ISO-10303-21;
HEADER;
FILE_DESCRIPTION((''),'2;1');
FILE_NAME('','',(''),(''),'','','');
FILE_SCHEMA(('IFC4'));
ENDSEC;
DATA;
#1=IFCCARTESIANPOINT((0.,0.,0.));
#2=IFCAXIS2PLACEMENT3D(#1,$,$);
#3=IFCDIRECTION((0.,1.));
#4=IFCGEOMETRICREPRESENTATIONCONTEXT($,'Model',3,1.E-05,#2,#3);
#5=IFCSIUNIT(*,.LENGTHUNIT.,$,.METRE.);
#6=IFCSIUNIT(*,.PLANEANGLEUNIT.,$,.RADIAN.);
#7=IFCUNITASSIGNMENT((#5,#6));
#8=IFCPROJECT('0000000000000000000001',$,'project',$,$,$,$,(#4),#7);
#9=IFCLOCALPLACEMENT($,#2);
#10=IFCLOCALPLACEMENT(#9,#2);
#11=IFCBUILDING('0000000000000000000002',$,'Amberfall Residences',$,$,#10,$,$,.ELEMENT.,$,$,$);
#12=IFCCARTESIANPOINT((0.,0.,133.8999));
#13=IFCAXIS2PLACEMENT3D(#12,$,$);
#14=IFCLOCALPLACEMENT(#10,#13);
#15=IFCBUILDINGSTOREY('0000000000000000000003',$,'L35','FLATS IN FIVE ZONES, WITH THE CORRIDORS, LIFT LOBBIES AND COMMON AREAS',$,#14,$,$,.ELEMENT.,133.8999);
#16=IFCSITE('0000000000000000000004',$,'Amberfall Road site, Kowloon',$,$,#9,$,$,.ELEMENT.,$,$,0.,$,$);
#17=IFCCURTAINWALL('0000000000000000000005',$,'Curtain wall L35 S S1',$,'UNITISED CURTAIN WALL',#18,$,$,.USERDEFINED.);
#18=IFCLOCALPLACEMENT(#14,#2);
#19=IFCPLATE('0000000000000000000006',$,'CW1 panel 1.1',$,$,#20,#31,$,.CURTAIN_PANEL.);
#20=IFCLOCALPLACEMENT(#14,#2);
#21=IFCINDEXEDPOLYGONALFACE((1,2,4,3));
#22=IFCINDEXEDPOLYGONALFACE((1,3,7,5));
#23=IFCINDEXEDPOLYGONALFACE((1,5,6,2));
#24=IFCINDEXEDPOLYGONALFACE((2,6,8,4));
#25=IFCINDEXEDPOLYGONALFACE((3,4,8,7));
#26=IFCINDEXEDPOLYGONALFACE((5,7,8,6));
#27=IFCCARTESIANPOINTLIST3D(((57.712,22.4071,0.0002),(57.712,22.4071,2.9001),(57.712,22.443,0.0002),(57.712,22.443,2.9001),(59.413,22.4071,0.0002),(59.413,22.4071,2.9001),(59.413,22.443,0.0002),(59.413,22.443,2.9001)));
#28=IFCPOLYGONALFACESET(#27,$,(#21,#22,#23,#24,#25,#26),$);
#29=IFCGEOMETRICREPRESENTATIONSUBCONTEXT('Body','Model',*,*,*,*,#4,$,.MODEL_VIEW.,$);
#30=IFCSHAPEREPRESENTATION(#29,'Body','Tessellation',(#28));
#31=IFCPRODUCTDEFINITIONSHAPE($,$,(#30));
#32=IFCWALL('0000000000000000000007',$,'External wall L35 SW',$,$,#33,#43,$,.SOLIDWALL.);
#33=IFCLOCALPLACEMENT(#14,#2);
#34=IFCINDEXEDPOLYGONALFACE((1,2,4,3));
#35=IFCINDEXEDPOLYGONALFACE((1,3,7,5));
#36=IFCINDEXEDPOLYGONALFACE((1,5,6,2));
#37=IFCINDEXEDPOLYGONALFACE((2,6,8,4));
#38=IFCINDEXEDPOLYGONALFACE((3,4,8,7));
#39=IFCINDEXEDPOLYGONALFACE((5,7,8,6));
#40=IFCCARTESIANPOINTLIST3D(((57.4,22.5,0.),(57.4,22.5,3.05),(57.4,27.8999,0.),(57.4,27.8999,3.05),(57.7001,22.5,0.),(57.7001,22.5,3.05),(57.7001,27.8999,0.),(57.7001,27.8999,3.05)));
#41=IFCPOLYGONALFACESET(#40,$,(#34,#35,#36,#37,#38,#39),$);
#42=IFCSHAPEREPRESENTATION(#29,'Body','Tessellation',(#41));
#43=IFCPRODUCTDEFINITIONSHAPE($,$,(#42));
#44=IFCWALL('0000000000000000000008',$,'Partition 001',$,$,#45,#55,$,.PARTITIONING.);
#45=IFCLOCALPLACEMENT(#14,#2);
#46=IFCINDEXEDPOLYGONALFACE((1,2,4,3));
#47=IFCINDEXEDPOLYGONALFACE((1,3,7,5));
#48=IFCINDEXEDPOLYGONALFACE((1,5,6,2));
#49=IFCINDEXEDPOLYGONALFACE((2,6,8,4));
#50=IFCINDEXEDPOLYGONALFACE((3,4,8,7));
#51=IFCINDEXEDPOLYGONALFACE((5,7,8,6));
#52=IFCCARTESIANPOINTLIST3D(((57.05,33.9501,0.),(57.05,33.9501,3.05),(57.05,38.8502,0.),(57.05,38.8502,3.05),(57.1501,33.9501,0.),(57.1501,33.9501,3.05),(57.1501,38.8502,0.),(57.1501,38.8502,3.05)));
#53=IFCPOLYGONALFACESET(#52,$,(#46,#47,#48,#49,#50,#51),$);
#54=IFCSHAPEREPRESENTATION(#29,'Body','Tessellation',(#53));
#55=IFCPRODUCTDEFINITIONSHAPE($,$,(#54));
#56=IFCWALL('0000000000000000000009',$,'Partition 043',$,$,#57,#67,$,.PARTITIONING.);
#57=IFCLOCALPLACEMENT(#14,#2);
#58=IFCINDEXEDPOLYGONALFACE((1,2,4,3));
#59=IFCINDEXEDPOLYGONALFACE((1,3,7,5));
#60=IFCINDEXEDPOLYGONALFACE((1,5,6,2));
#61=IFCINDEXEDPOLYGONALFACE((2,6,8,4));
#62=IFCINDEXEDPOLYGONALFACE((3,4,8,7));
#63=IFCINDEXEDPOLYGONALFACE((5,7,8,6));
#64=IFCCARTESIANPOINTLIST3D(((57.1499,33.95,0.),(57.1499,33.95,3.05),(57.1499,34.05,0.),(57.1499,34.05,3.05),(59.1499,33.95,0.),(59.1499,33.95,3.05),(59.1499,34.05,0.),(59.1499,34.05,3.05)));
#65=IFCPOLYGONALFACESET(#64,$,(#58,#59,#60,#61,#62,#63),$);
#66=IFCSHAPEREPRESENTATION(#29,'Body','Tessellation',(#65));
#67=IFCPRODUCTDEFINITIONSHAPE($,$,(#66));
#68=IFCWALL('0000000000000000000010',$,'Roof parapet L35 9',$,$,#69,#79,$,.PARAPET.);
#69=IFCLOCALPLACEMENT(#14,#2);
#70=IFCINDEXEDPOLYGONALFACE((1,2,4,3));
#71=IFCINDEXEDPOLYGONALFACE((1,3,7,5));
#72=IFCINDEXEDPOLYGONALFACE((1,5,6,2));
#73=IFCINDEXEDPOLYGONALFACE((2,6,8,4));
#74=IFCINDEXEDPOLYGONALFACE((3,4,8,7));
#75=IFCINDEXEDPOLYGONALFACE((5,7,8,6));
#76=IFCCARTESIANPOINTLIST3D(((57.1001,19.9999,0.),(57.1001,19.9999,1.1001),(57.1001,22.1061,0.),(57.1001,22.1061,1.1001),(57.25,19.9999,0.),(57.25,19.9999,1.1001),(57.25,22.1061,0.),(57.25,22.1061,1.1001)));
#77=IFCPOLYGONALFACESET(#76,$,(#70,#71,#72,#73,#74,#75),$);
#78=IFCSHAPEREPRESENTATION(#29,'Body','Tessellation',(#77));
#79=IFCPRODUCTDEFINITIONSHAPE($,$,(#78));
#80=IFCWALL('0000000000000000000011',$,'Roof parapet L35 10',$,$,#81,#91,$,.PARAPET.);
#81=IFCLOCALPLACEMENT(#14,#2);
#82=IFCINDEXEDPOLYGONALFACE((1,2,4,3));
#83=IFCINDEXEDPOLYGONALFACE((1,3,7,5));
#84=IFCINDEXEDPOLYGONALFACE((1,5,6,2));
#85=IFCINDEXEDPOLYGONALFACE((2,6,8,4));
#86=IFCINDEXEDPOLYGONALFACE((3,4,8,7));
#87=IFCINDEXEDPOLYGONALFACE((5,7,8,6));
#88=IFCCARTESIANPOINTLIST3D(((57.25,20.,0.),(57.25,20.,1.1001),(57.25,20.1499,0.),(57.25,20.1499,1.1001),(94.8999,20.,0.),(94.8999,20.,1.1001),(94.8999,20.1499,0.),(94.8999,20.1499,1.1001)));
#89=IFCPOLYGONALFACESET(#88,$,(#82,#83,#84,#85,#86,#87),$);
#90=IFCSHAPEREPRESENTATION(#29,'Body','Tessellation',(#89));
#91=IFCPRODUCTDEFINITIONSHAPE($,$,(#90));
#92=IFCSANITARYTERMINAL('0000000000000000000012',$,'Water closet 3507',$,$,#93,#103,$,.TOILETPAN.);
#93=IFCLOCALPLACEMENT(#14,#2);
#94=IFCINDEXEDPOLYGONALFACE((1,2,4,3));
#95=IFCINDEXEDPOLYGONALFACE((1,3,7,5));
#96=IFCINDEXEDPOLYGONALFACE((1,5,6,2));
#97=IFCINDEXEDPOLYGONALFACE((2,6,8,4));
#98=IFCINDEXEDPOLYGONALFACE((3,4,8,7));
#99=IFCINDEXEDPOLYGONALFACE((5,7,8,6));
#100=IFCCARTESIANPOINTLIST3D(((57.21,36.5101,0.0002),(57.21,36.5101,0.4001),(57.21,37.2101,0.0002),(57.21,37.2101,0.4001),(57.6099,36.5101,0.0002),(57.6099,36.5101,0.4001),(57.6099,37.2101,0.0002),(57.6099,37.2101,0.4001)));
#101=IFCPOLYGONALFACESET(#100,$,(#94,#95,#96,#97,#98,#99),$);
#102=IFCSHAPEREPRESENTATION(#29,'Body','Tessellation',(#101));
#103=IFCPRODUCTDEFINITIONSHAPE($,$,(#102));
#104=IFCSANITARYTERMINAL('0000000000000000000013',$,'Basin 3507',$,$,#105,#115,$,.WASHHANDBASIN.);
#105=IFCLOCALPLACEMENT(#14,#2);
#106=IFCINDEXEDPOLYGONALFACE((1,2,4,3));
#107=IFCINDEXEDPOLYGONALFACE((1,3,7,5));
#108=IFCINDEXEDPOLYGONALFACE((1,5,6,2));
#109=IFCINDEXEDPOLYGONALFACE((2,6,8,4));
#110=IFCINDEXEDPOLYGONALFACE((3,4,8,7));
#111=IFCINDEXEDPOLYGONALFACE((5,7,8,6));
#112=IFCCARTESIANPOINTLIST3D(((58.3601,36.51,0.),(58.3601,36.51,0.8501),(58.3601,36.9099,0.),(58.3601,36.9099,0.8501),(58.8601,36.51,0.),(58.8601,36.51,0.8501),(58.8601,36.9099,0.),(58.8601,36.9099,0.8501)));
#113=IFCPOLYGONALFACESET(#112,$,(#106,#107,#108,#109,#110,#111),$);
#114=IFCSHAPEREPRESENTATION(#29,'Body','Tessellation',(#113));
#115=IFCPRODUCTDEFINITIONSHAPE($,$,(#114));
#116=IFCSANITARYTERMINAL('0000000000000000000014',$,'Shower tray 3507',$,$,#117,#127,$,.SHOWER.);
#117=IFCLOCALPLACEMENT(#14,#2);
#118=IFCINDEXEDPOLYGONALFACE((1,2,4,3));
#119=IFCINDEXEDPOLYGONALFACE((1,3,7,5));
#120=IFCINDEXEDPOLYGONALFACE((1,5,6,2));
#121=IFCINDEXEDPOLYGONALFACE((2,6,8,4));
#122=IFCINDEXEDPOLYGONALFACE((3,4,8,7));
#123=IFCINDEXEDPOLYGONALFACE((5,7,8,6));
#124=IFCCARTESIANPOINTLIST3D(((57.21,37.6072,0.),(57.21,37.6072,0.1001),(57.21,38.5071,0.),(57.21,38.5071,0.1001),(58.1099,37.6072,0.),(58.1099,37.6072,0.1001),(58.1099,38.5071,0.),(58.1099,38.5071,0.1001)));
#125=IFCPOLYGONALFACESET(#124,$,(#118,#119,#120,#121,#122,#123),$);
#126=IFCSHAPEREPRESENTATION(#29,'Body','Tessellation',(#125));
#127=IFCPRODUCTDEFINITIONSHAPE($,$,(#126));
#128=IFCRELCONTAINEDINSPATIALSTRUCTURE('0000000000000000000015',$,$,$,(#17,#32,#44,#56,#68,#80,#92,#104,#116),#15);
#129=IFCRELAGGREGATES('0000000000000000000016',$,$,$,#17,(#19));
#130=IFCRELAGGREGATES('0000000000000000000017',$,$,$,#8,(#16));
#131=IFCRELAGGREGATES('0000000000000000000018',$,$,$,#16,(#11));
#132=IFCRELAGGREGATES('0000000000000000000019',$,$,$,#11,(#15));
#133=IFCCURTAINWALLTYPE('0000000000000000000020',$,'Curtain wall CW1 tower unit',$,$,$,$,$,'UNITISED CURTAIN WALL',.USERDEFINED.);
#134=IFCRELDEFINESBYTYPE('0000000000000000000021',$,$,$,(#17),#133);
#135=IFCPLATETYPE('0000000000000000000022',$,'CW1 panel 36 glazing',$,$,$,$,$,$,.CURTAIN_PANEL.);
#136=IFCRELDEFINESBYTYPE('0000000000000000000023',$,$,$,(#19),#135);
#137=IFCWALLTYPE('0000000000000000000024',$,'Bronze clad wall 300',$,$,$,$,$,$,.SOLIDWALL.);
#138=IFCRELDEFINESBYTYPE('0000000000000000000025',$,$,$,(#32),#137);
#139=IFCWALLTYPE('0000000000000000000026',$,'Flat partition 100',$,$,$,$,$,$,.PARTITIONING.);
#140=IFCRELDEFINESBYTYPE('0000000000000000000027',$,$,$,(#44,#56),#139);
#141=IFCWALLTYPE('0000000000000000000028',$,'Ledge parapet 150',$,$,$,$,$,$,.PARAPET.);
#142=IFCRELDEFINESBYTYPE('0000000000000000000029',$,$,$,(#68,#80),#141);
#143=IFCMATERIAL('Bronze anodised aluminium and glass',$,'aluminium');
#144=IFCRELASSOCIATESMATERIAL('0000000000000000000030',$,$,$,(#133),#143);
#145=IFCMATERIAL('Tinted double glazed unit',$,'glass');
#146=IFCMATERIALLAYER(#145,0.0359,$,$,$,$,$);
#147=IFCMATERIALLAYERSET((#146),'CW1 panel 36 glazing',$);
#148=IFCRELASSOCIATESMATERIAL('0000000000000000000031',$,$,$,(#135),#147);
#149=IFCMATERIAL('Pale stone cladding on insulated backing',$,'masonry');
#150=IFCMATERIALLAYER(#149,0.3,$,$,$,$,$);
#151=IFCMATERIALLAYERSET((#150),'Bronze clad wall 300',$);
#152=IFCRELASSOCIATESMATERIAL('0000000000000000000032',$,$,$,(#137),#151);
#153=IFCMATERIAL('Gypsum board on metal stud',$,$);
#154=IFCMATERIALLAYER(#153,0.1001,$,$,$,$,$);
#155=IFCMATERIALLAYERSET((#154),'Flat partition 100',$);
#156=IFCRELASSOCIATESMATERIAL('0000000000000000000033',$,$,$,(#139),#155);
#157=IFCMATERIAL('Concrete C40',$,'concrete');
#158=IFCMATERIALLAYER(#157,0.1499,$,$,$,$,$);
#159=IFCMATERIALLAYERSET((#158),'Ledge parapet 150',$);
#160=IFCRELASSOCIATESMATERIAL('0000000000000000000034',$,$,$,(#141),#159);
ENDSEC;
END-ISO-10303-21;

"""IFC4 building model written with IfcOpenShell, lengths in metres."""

from ifc_helpers import new_model, si_unit, direction, frame, frame_2d, origin, origin_2d, place, context, subcontext, project, spatial, rectangle, extrude, material, layer, layer_set, type_object, element, aggregate, save


model = new_model("IFC4")

# Units and contexts
model_context = context("Model", 3, precision=1e-05, world=origin(), true_north=direction((0.0, 1.0)))
body_context = subcontext(model_context, "Body", "Model", "MODEL_VIEW")
ifc_project = project(units=[si_unit("LENGTHUNIT", "METRE"), si_unit("PLANEANGLEUNIT", "RADIAN")], contexts=[model_context])

# Site, building, storey
site_placement = place(None, origin())
site = spatial("IfcSite", under=ifc_project, at=site_placement, Name="Amberfall Road site, Kowloon", CompositionType="ELEMENT", RefElevation=0.0)
building_placement = place(site_placement, origin())
building = spatial("IfcBuilding", under=site, at=building_placement, Name="Amberfall Residences", CompositionType="ELEMENT")
storey_placement = place(building_placement, frame((0.0, 0.0, 133.8999)))
storey = spatial("IfcBuildingStorey", under=building, at=storey_placement, Name="L35", Description="FLATS IN FIVE ZONES, WITH THE CORRIDORS, LIFT LOBBIES AND COMMON AREAS", CompositionType="ELEMENT", Elevation=133.8999)

# Curtain wall
ifc_material_1 = material(Name="Bronze anodised aluminium and glass", Category="aluminium")
curtain_wall_type = type_object("IfcCurtainWallType", Name="Curtain wall CW1 tower unit", ElementType="UNITISED CURTAIN WALL", PredefinedType="USERDEFINED", material=ifc_material_1)
curtain_wall_placement = place(storey_placement, origin())
curtain_wall = element("IfcCurtainWall", 1, at=curtain_wall_placement, inside=storey, type_object=curtain_wall_type, Name="Curtain wall L35 S S1", ObjectType="UNITISED CURTAIN WALL", PredefinedType="USERDEFINED")

# Plate
ifc_material_2 = material(Name="Tinted double glazed unit", Category="glass")
ifc_layer_1 = layer(ifc_material_2, 0.0359)
ifc_layer_set_1 = layer_set([ifc_layer_1], Name="CW1 panel 36 glazing")
plate_type = type_object("IfcPlateType", Name="CW1 panel 36 glazing", PredefinedType="CURTAIN_PANEL", material=ifc_layer_set_1)
plate_placement = place(storey_placement, frame((58.5625, 22.425, 0.0002), z_axis=(0.0, 0.0, 1.0), x_axis=(1.0, 0.0, 0.0)))
plate = element("IfcPlate", 2, at=plate_placement, type_object=plate_type, Name="CW1 panel 1.1", PredefinedType="CURTAIN_PANEL", context=body_context, shape_type="SweptSolid", body=[
    extrude(rectangle(XDim=1.7009, YDim=0.0359, at=origin_2d()), origin(), (0.0, 0.0, 1.0), 2.8999),
])
aggregate(curtain_wall, [plate])

# Walls
ifc_material_3 = material(Name="Pale stone cladding on insulated backing", Category="masonry")
ifc_layer_2 = layer(ifc_material_3, 0.3)
ifc_layer_set_2 = layer_set([ifc_layer_2], Name="Bronze clad wall 300")
wall_type_1 = type_object("IfcWallType", Name="Bronze clad wall 300", PredefinedType="SOLIDWALL", material=ifc_layer_set_2)
wall_1_placement = place(storey_placement, frame((57.55, 27.8999, 0.0), z_axis=(0.0, 0.0, 1.0), x_axis=(0.0, -1.0, 0.0)))
element("IfcWall", 3, at=wall_1_placement, inside=storey, type_object=wall_type_1, Name="External wall L35 SW", PredefinedType="SOLIDWALL", context=body_context, shape_type="SweptSolid", body=[
    extrude(rectangle(XDim=5.3999, YDim=0.3, at=frame_2d((2.7, 0.0))), origin(), (0.0, 0.0, 1.0), 3.05),
])
ifc_material_4 = material(Name="Gypsum board on metal stud")
ifc_layer_3 = layer(ifc_material_4, 0.1001)
ifc_layer_set_3 = layer_set([ifc_layer_3], Name="Flat partition 100")
wall_type_2 = type_object("IfcWallType", Name="Flat partition 100", PredefinedType="PARTITIONING", material=ifc_layer_set_3)
wall_2_placement = place(storey_placement, frame((57.1001, 33.95, 0.0), z_axis=(0.0, 0.0, 1.0), x_axis=(0.0, 1.0, 0.0)))
element("IfcWall", 4, at=wall_2_placement, inside=storey, type_object=wall_type_2, Name="Partition 001", PredefinedType="PARTITIONING", context=body_context, shape_type="SweptSolid", body=[
    extrude(rectangle(XDim=4.9001, YDim=0.1001, at=frame_2d((2.4502, 0.0))), origin(), (0.0, 0.0, 1.0), 3.05),
])
wall_3_placement = place(storey_placement, frame((57.1499, 34.0, 0.0), z_axis=(0.0, 0.0, 1.0), x_axis=(1.0, 0.0, 0.0)))
element("IfcWall", 5, at=wall_3_placement, inside=storey, type_object=wall_type_2, Name="Partition 043", PredefinedType="PARTITIONING", context=body_context, shape_type="SweptSolid", body=[
    extrude(rectangle(XDim=2.0, YDim=0.1001, at=frame_2d((1.0, 0.0))), origin(), (0.0, 0.0, 1.0), 3.05),
])
ifc_material_5 = material(Name="Concrete C40", Category="concrete")
ifc_layer_4 = layer(ifc_material_5, 0.1499)
ifc_layer_set_4 = layer_set([ifc_layer_4], Name="Ledge parapet 150")
wall_type_3 = type_object("IfcWallType", Name="Ledge parapet 150", PredefinedType="PARAPET", material=ifc_layer_set_4)
wall_4_placement = place(storey_placement, frame((57.175, 22.1062, 0.0), z_axis=(0.0, 0.0, 1.0), x_axis=(0.0, -1.0, 0.0)))
element("IfcWall", 6, at=wall_4_placement, inside=storey, type_object=wall_type_3, Name="Roof parapet L35 9", PredefinedType="PARAPET", context=body_context, shape_type="SweptSolid", body=[
    extrude(rectangle(XDim=2.1062, YDim=0.1499, at=frame_2d((1.0532, 0.0))), origin(), (0.0, 0.0, 1.0), 1.1001),
])
wall_5_placement = place(storey_placement, frame((57.25, 20.075, 0.0), z_axis=(0.0, 0.0, 1.0), x_axis=(1.0, 0.0, 0.0)))
element("IfcWall", 7, at=wall_5_placement, inside=storey, type_object=wall_type_3, Name="Roof parapet L35 10", PredefinedType="PARAPET", context=body_context, shape_type="SweptSolid", body=[
    extrude(rectangle(XDim=37.6499, YDim=0.1499, at=frame_2d((18.825, 0.0))), origin(), (0.0, 0.0, 1.0), 1.1001),
])

# Sanitary terminals
sanitary_terminal_1_placement = place(storey_placement, frame((57.4099, 36.8601, 0.0002), z_axis=(0.0, 0.0, 1.0), x_axis=(1.0, 0.0, 0.0)))
element("IfcSanitaryTerminal", 8, at=sanitary_terminal_1_placement, inside=storey, Name="Water closet 3507", PredefinedType="TOILETPAN", context=body_context, shape_type="SweptSolid", body=[
    extrude(rectangle(XDim=0.3999, YDim=0.7, at=origin_2d()), origin(), (0.0, 0.0, 1.0), 0.3999),
])
sanitary_terminal_2_placement = place(storey_placement, frame((58.6101, 36.71, 0.0), z_axis=(0.0, 0.0, 1.0), x_axis=(1.0, 0.0, 0.0)))
element("IfcSanitaryTerminal", 9, at=sanitary_terminal_2_placement, inside=storey, Name="Basin 3507", PredefinedType="WASHHANDBASIN", context=body_context, shape_type="SweptSolid", body=[
    extrude(rectangle(XDim=0.5, YDim=0.3999, at=origin_2d()), origin(), (0.0, 0.0, 1.0), 0.8501),
])
sanitary_terminal_3_placement = place(storey_placement, frame((57.6599, 38.0571, 0.0), z_axis=(0.0, 0.0, 1.0), x_axis=(1.0, 0.0, 0.0)))
element("IfcSanitaryTerminal", 10, at=sanitary_terminal_3_placement, inside=storey, Name="Shower tray 3507", PredefinedType="SHOWER", context=body_context, shape_type="SweptSolid", body=[
    extrude(rectangle(XDim=0.8999, YDim=0.8999, at=origin_2d()), origin(), (0.0, 0.0, 1.0), 0.1001),
])

save(model, "model.ifc")
